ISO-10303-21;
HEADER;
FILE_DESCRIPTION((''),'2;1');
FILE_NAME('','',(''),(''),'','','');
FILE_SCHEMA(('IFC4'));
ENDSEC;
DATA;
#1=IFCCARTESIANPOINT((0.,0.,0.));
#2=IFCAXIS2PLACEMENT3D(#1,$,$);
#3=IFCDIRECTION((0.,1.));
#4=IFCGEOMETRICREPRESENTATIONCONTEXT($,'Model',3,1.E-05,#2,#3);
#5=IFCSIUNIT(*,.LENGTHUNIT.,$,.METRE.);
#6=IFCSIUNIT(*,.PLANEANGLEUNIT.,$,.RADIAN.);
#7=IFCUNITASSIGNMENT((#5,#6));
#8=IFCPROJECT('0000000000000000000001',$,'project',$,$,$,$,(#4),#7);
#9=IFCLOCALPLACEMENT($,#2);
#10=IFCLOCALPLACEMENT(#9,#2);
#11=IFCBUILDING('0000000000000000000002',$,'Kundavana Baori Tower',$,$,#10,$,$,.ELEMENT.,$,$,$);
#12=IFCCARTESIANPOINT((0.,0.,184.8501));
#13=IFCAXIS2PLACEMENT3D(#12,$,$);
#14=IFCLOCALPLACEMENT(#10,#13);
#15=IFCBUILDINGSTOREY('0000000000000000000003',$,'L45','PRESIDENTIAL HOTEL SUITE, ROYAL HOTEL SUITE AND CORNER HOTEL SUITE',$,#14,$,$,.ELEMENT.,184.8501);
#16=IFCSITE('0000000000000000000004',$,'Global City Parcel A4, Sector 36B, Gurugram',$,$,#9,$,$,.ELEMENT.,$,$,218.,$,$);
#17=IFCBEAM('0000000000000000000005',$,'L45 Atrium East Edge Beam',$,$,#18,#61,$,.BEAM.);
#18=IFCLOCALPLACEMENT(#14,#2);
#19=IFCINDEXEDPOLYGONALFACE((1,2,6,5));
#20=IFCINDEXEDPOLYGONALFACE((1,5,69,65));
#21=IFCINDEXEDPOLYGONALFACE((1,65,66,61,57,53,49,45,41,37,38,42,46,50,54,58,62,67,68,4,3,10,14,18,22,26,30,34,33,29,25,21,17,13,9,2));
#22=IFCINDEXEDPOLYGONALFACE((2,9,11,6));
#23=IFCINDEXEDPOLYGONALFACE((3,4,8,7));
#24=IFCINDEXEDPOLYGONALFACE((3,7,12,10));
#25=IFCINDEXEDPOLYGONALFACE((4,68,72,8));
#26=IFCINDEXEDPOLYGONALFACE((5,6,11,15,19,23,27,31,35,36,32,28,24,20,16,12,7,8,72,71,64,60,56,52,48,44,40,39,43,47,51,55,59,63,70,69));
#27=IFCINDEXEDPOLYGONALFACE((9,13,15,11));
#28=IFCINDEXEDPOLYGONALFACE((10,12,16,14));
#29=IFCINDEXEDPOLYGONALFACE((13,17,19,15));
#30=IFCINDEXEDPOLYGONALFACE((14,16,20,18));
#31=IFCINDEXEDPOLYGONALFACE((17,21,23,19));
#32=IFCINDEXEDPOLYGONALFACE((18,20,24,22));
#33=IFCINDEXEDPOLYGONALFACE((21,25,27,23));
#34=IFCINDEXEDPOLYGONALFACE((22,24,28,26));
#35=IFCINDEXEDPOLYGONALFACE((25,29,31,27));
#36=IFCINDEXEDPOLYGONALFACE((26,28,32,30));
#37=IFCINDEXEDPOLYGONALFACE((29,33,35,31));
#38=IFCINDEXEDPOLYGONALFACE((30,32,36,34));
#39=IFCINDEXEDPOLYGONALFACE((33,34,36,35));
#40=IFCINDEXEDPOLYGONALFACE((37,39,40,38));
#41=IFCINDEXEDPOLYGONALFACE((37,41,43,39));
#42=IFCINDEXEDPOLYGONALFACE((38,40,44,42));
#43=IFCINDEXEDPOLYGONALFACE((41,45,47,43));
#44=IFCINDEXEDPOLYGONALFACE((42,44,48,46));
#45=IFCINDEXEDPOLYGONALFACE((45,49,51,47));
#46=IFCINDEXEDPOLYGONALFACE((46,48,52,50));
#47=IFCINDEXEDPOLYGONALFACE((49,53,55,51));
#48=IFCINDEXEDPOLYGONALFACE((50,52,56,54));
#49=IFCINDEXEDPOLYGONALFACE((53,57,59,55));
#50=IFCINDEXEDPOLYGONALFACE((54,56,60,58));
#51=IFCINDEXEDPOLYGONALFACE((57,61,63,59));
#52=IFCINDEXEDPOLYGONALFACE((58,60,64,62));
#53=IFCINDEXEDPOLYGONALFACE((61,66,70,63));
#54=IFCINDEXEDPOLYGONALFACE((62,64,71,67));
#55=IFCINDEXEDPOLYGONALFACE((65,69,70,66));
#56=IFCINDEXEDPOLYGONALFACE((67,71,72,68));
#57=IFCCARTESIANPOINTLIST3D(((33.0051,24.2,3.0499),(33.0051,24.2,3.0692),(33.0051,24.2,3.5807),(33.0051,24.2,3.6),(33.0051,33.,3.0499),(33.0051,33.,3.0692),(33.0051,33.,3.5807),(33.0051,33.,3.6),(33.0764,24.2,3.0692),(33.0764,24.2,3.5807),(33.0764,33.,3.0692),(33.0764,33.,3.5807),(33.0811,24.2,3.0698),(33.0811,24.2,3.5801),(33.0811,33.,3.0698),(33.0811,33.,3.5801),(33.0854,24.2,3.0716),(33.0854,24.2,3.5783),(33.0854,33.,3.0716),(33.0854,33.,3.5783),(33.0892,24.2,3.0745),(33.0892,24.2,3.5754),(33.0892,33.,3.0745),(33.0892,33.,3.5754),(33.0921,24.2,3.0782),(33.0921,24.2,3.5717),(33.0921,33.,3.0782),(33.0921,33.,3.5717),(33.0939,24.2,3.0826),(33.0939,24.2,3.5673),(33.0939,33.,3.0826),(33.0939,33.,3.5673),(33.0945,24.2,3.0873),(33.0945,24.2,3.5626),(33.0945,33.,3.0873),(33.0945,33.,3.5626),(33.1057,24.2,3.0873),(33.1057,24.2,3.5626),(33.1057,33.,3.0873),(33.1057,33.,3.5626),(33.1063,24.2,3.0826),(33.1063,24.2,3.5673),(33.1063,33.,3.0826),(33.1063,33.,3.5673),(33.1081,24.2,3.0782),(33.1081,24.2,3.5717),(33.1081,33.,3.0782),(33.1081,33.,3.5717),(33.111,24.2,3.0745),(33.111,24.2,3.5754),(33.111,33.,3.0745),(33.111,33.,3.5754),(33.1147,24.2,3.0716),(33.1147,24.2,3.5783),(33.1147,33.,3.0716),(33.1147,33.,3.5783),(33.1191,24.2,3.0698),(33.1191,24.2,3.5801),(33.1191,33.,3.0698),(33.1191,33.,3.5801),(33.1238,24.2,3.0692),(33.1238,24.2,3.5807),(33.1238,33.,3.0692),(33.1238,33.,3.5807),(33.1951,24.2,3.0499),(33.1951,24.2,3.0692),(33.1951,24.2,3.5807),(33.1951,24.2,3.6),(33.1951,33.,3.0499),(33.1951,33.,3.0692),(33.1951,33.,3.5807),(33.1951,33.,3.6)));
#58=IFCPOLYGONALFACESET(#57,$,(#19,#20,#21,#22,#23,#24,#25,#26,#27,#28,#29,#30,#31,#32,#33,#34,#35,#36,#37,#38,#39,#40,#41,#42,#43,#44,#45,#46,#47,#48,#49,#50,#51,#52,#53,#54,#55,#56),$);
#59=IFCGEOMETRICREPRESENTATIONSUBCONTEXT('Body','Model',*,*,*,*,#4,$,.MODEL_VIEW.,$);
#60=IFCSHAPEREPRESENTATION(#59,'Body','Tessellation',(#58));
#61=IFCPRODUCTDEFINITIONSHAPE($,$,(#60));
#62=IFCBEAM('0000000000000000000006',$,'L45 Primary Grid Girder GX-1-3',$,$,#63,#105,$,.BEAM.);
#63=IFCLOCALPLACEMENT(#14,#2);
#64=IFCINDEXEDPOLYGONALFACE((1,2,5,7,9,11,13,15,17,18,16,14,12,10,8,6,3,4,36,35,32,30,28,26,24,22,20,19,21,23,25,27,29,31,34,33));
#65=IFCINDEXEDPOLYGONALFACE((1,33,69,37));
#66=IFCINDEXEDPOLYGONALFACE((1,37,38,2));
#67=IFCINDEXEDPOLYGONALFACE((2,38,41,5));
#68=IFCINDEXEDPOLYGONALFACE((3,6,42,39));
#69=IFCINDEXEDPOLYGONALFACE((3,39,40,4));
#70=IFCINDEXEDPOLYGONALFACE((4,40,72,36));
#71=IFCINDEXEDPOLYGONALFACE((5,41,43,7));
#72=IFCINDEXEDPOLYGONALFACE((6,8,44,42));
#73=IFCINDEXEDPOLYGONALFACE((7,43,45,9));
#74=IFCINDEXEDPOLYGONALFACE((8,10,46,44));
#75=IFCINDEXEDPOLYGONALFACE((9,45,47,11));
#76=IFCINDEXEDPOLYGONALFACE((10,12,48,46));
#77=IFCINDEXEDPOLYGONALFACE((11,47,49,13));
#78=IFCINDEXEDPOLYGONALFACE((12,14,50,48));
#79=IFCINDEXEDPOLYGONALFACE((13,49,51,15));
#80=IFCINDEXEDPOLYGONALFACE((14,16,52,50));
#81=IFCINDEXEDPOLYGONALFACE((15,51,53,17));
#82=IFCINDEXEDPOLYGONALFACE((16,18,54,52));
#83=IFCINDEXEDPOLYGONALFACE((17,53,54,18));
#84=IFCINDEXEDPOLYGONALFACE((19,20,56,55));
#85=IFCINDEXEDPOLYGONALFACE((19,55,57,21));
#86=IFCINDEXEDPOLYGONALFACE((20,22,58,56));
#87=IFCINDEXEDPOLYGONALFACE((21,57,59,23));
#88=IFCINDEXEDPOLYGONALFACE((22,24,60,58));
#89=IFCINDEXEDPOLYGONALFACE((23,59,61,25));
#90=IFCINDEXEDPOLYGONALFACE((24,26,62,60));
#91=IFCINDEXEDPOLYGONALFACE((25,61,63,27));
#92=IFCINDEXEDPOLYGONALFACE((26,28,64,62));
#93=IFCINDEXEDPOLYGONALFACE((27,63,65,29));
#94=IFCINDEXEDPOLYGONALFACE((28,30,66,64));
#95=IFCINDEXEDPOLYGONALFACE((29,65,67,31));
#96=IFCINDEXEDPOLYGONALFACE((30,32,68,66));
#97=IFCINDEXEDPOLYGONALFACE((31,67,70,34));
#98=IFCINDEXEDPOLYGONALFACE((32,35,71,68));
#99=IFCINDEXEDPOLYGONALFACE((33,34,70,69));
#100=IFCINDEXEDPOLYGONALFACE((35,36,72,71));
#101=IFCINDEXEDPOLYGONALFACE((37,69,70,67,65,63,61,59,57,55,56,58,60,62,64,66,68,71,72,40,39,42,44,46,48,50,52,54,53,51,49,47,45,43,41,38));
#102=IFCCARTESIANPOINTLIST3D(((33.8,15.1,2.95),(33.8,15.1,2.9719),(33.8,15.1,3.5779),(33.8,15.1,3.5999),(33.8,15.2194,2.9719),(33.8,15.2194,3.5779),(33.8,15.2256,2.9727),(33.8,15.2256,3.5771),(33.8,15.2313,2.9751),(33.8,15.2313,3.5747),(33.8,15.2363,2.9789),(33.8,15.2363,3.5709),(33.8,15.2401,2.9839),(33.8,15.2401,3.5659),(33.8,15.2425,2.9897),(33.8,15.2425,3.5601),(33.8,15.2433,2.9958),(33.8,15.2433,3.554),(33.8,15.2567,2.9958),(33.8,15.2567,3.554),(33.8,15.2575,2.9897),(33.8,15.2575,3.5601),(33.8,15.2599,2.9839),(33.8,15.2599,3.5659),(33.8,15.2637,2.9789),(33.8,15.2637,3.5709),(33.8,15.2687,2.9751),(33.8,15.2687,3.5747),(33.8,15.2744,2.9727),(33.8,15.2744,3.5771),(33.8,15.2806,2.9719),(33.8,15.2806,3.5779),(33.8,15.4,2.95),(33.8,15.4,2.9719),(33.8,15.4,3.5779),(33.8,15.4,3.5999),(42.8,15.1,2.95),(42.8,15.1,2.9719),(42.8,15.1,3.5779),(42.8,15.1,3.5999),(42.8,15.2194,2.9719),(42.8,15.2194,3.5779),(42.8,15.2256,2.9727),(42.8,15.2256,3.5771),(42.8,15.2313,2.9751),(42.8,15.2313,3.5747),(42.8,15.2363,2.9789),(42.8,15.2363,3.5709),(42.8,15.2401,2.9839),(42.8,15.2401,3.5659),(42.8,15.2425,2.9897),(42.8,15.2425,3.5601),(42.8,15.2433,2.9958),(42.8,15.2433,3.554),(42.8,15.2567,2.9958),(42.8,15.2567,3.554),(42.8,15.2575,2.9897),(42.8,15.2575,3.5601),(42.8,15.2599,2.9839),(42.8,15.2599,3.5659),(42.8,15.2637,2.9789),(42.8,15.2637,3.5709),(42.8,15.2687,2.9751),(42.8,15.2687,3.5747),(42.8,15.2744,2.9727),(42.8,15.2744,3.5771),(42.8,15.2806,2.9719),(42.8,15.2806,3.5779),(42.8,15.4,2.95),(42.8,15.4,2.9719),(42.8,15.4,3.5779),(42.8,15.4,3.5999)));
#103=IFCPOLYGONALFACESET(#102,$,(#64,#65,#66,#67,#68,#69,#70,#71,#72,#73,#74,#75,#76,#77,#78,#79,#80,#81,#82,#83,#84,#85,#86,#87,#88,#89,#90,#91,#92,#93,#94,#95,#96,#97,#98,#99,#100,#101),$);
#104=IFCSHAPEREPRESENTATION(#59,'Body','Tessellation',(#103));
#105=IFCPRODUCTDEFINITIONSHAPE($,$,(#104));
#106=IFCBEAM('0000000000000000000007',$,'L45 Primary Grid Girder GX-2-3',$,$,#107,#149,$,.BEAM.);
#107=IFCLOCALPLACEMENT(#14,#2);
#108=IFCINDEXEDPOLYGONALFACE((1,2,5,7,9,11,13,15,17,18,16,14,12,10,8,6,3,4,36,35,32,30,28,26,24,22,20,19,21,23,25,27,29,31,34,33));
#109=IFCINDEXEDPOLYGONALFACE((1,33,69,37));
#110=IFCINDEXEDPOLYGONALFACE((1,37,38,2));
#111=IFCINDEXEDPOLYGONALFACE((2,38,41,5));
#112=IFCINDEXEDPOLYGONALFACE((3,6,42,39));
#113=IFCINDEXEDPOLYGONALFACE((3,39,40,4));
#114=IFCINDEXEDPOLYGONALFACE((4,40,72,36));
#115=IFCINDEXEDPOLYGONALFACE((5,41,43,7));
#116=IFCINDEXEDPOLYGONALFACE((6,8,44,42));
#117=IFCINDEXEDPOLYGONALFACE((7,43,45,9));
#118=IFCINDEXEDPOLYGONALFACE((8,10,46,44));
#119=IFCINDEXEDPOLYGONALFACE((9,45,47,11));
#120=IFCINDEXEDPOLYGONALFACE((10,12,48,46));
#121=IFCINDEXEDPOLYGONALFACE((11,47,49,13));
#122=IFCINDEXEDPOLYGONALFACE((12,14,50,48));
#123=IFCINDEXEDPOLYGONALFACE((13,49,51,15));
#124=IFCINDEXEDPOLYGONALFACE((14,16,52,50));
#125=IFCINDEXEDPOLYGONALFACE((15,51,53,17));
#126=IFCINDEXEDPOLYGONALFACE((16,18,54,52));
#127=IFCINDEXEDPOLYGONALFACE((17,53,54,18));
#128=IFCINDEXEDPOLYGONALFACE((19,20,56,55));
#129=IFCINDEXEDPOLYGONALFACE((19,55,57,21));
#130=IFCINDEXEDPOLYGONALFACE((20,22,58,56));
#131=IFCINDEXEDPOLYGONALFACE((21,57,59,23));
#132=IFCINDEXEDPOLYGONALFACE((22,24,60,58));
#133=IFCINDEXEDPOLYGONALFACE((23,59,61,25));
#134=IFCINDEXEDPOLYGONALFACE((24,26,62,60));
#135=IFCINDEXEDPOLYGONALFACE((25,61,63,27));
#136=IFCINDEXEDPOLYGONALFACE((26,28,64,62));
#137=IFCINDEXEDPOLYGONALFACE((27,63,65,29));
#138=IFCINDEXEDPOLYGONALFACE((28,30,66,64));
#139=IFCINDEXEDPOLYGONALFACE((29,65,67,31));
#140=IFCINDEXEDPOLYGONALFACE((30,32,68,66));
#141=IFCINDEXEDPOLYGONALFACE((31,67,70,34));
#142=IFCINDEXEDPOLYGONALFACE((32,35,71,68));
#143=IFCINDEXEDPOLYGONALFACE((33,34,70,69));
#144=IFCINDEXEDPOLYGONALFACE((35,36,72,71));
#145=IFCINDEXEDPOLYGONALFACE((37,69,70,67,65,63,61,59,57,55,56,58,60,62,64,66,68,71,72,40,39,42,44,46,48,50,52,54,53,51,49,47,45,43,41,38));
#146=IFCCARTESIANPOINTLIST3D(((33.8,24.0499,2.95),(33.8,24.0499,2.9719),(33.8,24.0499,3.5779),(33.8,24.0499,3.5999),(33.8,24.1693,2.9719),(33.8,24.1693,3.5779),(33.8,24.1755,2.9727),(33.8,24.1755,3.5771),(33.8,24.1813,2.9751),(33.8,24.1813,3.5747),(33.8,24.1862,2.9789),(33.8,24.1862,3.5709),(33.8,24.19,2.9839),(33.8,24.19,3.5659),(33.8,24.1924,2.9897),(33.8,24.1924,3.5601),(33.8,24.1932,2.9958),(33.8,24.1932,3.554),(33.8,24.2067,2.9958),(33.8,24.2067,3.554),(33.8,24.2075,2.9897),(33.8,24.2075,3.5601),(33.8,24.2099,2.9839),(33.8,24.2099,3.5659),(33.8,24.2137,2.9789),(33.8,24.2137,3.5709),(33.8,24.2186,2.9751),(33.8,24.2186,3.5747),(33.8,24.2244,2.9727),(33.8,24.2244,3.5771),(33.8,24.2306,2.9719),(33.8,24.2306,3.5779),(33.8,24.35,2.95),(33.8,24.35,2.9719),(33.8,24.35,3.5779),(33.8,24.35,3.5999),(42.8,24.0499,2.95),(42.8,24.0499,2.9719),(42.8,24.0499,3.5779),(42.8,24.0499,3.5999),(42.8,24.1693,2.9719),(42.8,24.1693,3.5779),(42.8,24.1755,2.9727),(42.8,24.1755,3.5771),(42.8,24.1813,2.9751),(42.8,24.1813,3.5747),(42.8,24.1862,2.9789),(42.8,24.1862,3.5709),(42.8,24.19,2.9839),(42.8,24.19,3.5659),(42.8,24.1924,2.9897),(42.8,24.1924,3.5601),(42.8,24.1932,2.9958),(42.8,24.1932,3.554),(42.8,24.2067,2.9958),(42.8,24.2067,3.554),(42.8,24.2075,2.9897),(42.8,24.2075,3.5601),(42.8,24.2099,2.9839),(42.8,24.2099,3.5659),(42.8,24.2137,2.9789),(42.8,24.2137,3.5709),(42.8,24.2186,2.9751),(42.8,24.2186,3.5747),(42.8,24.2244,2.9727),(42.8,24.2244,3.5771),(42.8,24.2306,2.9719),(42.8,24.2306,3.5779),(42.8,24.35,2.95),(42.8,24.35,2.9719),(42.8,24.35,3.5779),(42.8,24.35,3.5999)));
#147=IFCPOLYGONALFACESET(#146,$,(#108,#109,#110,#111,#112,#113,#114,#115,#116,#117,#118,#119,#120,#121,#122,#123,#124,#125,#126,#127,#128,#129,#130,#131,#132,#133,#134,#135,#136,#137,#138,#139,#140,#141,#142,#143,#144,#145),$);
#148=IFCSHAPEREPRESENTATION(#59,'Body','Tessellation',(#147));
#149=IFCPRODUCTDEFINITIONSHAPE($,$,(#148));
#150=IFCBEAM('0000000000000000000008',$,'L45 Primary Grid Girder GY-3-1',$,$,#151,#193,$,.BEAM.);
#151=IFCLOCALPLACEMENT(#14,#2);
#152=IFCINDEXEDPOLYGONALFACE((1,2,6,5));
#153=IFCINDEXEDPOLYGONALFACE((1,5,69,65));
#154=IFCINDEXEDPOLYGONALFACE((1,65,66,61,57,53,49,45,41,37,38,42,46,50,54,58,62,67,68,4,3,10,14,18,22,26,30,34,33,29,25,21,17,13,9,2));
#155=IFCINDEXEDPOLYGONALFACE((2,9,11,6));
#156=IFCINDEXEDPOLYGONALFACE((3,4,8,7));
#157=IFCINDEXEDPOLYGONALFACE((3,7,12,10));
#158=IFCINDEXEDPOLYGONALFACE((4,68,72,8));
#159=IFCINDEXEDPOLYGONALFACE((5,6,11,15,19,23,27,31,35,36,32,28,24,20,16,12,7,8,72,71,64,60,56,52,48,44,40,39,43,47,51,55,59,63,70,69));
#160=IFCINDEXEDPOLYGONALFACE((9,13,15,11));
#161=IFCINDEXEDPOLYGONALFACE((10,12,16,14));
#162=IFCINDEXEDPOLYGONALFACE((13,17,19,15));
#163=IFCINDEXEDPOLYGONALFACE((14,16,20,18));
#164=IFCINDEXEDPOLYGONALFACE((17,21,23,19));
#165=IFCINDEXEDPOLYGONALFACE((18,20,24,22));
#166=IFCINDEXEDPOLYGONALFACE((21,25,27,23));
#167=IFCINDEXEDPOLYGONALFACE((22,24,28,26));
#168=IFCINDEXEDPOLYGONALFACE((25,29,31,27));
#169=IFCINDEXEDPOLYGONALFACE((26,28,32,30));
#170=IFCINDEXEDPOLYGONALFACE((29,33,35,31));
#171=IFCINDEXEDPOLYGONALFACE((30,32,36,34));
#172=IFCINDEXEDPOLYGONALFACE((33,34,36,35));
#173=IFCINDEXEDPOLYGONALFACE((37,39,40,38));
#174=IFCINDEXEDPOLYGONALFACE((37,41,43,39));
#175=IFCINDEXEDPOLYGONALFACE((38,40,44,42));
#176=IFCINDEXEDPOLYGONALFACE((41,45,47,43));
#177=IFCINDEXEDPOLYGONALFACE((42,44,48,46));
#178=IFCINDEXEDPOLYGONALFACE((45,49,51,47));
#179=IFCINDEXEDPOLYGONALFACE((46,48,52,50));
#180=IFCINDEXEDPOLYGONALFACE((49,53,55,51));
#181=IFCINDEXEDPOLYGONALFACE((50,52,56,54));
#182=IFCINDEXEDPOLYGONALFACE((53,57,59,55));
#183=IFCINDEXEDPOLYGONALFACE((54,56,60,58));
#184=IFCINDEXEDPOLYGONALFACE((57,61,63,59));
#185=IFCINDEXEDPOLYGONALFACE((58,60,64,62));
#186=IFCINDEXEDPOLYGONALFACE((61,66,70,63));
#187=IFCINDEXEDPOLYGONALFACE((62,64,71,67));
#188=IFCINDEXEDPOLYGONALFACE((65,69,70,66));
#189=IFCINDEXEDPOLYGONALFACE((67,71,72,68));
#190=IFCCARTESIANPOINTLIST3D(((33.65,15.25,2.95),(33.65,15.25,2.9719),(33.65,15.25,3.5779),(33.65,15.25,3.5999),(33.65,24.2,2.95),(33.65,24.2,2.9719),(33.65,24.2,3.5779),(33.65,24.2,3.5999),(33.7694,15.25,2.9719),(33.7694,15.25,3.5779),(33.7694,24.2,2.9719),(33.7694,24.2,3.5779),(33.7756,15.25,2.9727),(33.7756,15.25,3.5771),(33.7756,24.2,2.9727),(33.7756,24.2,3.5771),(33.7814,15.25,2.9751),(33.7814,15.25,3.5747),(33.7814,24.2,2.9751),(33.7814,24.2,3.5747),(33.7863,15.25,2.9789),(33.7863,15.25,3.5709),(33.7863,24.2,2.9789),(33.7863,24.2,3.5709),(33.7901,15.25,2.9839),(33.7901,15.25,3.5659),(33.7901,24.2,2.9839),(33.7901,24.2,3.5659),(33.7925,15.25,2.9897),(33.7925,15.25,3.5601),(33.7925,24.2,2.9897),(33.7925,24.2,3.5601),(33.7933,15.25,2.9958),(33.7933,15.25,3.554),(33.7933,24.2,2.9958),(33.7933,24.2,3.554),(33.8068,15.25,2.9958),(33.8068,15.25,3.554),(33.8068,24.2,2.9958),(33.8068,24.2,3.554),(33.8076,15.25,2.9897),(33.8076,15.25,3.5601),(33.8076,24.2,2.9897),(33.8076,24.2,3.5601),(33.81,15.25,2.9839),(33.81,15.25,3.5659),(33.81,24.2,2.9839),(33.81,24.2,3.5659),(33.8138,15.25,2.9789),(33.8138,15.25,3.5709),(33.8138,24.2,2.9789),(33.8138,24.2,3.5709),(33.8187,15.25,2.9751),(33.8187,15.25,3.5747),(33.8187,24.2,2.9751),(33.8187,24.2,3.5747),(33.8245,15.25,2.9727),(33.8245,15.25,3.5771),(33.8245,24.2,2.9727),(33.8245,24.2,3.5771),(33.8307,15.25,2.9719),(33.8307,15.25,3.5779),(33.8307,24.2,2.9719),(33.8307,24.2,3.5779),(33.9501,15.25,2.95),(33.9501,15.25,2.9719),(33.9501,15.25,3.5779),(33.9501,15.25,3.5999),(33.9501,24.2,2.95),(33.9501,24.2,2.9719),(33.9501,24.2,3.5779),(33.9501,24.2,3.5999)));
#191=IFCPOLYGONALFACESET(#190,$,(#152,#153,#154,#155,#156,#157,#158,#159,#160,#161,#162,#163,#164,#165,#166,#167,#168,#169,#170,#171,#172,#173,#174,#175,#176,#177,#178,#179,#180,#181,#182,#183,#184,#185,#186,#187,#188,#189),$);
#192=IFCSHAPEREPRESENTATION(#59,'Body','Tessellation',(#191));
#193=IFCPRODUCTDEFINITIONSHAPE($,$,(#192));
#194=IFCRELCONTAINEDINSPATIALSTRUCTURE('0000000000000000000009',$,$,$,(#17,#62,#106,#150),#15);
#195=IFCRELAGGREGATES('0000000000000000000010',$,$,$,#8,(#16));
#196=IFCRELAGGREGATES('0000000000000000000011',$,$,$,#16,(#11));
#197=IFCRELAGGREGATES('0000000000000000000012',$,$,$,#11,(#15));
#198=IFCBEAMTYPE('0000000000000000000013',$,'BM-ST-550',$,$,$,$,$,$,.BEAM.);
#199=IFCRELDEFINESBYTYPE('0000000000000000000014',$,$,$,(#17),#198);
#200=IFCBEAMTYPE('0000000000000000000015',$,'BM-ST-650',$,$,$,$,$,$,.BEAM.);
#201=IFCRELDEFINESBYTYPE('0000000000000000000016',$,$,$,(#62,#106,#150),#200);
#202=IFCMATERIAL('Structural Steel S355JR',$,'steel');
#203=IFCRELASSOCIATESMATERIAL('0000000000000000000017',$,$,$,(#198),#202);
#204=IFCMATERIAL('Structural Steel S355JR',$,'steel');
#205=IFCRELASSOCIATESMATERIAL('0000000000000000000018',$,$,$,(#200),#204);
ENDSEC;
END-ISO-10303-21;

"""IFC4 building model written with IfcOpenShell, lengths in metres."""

from ifc_helpers import new_model, si_unit, direction, frame, origin, origin_2d, place, context, subcontext, project, spatial, i_section, extrude, material, material_profile, profile_set, type_object, element, save


model = new_model("IFC4")

# Units and contexts
model_context = context("Model", 3, precision=1e-05, world=origin(), true_north=direction((0.0, 1.0)))
body_context = subcontext(model_context, "Body", "Model", "MODEL_VIEW")
ifc_project = project(units=[si_unit("LENGTHUNIT", "METRE"), si_unit("PLANEANGLEUNIT", "RADIAN")], contexts=[model_context])

# Site, building, storey
site_placement = place(None, origin())
site = spatial("IfcSite", under=ifc_project, at=site_placement, Name="Global City Parcel A4, Sector 36B, Gurugram", CompositionType="ELEMENT", RefElevation=218.0)
building_placement = place(site_placement, origin())
building = spatial("IfcBuilding", under=site, at=building_placement, Name="Kundavana Baori Tower", CompositionType="ELEMENT")
storey_placement = place(building_placement, frame((0.0, 0.0, 184.8501)))
storey = spatial("IfcBuildingStorey", under=building, at=storey_placement, Name="L45", Description="PRESIDENTIAL HOTEL SUITE, ROYAL HOTEL SUITE AND CORNER HOTEL SUITE", CompositionType="ELEMENT", Elevation=184.8501)

# Beams
ifc_material_1 = material(Name="Structural Steel S355JR", Category="steel")
ifc_material_profile_1 = material_profile(ifc_material_1, i_section(OverallWidth=0.1899, OverallDepth=0.55, WebThickness=0.0112, FlangeThickness=0.0193, FilletRadius=0.0181, at=origin_2d()), Name="ISMB 550")
ifc_profile_set_1 = profile_set([ifc_material_profile_1], Name="Structural Steel S355JR")
beam_type_1 = type_object("IfcBeamType", Name="BM-ST-550", PredefinedType="BEAM", material=ifc_profile_set_1)
for number, where, z_axis, x_axis, name in (
    (1, (33.1001, 24.2, 3.325), (0.0, 1.0, 0.0), (-1.0, 0.0, 0.0), "L45 Atrium East Edge Beam"),
):
    element("IfcBeam", number, at=place(storey_placement, frame(where, z_axis=z_axis, x_axis=x_axis)), inside=storey, type_object=beam_type_1, Name=name, PredefinedType="BEAM", context=body_context, shape_type="SweptSolid", body=[
        extrude(i_section(OverallWidth=0.1899, OverallDepth=0.55, WebThickness=0.0112, FlangeThickness=0.0193, FilletRadius=0.0181, at=origin_2d()), origin(), (0.0, 0.0, 1.0), 8.8),
    ])
ifc_material_2 = material(Name="Structural Steel S355JR", Category="steel")
ifc_material_profile_2 = material_profile(ifc_material_2, i_section(OverallWidth=0.3, OverallDepth=0.6499, WebThickness=0.0134, FlangeThickness=0.022, FilletRadius=0.0239, at=origin_2d()), Name="NPB 650x300x155")
ifc_profile_set_2 = profile_set([ifc_material_profile_2], Name="Structural Steel S355JR")
beam_type_2 = type_object("IfcBeamType", Name="BM-ST-650", PredefinedType="BEAM", material=ifc_profile_set_2)
for number, where, z_axis, x_axis, name in (
    (2, (33.8, 15.25, 3.2749), (1.0, 0.0, 0.0), (0.0, 1.0, 0.0), "L45 Primary Grid Girder GX-1-3"),
    (3, (33.8, 24.2, 3.2749), (1.0, 0.0, 0.0), (0.0, 1.0, 0.0), "L45 Primary Grid Girder GX-2-3"),
):
    element("IfcBeam", number, at=place(storey_placement, frame(where, z_axis=z_axis, x_axis=x_axis)), inside=storey, type_object=beam_type_2, Name=name, PredefinedType="BEAM", context=body_context, shape_type="SweptSolid", body=[
        extrude(i_section(OverallWidth=0.3, OverallDepth=0.6499, WebThickness=0.0134, FlangeThickness=0.022, FilletRadius=0.0239, at=origin_2d()), origin(), (0.0, 0.0, 1.0), 9.0),
    ])
beam_1_placement = place(storey_placement, frame((33.8, 15.25, 3.2749), z_axis=(0.0, 1.0, 0.0), x_axis=(-1.0, 0.0, 0.0)))
element("IfcBeam", 4, at=beam_1_placement, inside=storey, type_object=beam_type_2, Name="L45 Primary Grid Girder GY-3-1", PredefinedType="BEAM", context=body_context, shape_type="SweptSolid", body=[
    extrude(i_section(OverallWidth=0.3, OverallDepth=0.6499, WebThickness=0.0134, FlangeThickness=0.022, FilletRadius=0.0239, at=origin_2d()), origin(), (0.0, 0.0, 1.0), 8.95),
])

save(model, "model.ifc")
